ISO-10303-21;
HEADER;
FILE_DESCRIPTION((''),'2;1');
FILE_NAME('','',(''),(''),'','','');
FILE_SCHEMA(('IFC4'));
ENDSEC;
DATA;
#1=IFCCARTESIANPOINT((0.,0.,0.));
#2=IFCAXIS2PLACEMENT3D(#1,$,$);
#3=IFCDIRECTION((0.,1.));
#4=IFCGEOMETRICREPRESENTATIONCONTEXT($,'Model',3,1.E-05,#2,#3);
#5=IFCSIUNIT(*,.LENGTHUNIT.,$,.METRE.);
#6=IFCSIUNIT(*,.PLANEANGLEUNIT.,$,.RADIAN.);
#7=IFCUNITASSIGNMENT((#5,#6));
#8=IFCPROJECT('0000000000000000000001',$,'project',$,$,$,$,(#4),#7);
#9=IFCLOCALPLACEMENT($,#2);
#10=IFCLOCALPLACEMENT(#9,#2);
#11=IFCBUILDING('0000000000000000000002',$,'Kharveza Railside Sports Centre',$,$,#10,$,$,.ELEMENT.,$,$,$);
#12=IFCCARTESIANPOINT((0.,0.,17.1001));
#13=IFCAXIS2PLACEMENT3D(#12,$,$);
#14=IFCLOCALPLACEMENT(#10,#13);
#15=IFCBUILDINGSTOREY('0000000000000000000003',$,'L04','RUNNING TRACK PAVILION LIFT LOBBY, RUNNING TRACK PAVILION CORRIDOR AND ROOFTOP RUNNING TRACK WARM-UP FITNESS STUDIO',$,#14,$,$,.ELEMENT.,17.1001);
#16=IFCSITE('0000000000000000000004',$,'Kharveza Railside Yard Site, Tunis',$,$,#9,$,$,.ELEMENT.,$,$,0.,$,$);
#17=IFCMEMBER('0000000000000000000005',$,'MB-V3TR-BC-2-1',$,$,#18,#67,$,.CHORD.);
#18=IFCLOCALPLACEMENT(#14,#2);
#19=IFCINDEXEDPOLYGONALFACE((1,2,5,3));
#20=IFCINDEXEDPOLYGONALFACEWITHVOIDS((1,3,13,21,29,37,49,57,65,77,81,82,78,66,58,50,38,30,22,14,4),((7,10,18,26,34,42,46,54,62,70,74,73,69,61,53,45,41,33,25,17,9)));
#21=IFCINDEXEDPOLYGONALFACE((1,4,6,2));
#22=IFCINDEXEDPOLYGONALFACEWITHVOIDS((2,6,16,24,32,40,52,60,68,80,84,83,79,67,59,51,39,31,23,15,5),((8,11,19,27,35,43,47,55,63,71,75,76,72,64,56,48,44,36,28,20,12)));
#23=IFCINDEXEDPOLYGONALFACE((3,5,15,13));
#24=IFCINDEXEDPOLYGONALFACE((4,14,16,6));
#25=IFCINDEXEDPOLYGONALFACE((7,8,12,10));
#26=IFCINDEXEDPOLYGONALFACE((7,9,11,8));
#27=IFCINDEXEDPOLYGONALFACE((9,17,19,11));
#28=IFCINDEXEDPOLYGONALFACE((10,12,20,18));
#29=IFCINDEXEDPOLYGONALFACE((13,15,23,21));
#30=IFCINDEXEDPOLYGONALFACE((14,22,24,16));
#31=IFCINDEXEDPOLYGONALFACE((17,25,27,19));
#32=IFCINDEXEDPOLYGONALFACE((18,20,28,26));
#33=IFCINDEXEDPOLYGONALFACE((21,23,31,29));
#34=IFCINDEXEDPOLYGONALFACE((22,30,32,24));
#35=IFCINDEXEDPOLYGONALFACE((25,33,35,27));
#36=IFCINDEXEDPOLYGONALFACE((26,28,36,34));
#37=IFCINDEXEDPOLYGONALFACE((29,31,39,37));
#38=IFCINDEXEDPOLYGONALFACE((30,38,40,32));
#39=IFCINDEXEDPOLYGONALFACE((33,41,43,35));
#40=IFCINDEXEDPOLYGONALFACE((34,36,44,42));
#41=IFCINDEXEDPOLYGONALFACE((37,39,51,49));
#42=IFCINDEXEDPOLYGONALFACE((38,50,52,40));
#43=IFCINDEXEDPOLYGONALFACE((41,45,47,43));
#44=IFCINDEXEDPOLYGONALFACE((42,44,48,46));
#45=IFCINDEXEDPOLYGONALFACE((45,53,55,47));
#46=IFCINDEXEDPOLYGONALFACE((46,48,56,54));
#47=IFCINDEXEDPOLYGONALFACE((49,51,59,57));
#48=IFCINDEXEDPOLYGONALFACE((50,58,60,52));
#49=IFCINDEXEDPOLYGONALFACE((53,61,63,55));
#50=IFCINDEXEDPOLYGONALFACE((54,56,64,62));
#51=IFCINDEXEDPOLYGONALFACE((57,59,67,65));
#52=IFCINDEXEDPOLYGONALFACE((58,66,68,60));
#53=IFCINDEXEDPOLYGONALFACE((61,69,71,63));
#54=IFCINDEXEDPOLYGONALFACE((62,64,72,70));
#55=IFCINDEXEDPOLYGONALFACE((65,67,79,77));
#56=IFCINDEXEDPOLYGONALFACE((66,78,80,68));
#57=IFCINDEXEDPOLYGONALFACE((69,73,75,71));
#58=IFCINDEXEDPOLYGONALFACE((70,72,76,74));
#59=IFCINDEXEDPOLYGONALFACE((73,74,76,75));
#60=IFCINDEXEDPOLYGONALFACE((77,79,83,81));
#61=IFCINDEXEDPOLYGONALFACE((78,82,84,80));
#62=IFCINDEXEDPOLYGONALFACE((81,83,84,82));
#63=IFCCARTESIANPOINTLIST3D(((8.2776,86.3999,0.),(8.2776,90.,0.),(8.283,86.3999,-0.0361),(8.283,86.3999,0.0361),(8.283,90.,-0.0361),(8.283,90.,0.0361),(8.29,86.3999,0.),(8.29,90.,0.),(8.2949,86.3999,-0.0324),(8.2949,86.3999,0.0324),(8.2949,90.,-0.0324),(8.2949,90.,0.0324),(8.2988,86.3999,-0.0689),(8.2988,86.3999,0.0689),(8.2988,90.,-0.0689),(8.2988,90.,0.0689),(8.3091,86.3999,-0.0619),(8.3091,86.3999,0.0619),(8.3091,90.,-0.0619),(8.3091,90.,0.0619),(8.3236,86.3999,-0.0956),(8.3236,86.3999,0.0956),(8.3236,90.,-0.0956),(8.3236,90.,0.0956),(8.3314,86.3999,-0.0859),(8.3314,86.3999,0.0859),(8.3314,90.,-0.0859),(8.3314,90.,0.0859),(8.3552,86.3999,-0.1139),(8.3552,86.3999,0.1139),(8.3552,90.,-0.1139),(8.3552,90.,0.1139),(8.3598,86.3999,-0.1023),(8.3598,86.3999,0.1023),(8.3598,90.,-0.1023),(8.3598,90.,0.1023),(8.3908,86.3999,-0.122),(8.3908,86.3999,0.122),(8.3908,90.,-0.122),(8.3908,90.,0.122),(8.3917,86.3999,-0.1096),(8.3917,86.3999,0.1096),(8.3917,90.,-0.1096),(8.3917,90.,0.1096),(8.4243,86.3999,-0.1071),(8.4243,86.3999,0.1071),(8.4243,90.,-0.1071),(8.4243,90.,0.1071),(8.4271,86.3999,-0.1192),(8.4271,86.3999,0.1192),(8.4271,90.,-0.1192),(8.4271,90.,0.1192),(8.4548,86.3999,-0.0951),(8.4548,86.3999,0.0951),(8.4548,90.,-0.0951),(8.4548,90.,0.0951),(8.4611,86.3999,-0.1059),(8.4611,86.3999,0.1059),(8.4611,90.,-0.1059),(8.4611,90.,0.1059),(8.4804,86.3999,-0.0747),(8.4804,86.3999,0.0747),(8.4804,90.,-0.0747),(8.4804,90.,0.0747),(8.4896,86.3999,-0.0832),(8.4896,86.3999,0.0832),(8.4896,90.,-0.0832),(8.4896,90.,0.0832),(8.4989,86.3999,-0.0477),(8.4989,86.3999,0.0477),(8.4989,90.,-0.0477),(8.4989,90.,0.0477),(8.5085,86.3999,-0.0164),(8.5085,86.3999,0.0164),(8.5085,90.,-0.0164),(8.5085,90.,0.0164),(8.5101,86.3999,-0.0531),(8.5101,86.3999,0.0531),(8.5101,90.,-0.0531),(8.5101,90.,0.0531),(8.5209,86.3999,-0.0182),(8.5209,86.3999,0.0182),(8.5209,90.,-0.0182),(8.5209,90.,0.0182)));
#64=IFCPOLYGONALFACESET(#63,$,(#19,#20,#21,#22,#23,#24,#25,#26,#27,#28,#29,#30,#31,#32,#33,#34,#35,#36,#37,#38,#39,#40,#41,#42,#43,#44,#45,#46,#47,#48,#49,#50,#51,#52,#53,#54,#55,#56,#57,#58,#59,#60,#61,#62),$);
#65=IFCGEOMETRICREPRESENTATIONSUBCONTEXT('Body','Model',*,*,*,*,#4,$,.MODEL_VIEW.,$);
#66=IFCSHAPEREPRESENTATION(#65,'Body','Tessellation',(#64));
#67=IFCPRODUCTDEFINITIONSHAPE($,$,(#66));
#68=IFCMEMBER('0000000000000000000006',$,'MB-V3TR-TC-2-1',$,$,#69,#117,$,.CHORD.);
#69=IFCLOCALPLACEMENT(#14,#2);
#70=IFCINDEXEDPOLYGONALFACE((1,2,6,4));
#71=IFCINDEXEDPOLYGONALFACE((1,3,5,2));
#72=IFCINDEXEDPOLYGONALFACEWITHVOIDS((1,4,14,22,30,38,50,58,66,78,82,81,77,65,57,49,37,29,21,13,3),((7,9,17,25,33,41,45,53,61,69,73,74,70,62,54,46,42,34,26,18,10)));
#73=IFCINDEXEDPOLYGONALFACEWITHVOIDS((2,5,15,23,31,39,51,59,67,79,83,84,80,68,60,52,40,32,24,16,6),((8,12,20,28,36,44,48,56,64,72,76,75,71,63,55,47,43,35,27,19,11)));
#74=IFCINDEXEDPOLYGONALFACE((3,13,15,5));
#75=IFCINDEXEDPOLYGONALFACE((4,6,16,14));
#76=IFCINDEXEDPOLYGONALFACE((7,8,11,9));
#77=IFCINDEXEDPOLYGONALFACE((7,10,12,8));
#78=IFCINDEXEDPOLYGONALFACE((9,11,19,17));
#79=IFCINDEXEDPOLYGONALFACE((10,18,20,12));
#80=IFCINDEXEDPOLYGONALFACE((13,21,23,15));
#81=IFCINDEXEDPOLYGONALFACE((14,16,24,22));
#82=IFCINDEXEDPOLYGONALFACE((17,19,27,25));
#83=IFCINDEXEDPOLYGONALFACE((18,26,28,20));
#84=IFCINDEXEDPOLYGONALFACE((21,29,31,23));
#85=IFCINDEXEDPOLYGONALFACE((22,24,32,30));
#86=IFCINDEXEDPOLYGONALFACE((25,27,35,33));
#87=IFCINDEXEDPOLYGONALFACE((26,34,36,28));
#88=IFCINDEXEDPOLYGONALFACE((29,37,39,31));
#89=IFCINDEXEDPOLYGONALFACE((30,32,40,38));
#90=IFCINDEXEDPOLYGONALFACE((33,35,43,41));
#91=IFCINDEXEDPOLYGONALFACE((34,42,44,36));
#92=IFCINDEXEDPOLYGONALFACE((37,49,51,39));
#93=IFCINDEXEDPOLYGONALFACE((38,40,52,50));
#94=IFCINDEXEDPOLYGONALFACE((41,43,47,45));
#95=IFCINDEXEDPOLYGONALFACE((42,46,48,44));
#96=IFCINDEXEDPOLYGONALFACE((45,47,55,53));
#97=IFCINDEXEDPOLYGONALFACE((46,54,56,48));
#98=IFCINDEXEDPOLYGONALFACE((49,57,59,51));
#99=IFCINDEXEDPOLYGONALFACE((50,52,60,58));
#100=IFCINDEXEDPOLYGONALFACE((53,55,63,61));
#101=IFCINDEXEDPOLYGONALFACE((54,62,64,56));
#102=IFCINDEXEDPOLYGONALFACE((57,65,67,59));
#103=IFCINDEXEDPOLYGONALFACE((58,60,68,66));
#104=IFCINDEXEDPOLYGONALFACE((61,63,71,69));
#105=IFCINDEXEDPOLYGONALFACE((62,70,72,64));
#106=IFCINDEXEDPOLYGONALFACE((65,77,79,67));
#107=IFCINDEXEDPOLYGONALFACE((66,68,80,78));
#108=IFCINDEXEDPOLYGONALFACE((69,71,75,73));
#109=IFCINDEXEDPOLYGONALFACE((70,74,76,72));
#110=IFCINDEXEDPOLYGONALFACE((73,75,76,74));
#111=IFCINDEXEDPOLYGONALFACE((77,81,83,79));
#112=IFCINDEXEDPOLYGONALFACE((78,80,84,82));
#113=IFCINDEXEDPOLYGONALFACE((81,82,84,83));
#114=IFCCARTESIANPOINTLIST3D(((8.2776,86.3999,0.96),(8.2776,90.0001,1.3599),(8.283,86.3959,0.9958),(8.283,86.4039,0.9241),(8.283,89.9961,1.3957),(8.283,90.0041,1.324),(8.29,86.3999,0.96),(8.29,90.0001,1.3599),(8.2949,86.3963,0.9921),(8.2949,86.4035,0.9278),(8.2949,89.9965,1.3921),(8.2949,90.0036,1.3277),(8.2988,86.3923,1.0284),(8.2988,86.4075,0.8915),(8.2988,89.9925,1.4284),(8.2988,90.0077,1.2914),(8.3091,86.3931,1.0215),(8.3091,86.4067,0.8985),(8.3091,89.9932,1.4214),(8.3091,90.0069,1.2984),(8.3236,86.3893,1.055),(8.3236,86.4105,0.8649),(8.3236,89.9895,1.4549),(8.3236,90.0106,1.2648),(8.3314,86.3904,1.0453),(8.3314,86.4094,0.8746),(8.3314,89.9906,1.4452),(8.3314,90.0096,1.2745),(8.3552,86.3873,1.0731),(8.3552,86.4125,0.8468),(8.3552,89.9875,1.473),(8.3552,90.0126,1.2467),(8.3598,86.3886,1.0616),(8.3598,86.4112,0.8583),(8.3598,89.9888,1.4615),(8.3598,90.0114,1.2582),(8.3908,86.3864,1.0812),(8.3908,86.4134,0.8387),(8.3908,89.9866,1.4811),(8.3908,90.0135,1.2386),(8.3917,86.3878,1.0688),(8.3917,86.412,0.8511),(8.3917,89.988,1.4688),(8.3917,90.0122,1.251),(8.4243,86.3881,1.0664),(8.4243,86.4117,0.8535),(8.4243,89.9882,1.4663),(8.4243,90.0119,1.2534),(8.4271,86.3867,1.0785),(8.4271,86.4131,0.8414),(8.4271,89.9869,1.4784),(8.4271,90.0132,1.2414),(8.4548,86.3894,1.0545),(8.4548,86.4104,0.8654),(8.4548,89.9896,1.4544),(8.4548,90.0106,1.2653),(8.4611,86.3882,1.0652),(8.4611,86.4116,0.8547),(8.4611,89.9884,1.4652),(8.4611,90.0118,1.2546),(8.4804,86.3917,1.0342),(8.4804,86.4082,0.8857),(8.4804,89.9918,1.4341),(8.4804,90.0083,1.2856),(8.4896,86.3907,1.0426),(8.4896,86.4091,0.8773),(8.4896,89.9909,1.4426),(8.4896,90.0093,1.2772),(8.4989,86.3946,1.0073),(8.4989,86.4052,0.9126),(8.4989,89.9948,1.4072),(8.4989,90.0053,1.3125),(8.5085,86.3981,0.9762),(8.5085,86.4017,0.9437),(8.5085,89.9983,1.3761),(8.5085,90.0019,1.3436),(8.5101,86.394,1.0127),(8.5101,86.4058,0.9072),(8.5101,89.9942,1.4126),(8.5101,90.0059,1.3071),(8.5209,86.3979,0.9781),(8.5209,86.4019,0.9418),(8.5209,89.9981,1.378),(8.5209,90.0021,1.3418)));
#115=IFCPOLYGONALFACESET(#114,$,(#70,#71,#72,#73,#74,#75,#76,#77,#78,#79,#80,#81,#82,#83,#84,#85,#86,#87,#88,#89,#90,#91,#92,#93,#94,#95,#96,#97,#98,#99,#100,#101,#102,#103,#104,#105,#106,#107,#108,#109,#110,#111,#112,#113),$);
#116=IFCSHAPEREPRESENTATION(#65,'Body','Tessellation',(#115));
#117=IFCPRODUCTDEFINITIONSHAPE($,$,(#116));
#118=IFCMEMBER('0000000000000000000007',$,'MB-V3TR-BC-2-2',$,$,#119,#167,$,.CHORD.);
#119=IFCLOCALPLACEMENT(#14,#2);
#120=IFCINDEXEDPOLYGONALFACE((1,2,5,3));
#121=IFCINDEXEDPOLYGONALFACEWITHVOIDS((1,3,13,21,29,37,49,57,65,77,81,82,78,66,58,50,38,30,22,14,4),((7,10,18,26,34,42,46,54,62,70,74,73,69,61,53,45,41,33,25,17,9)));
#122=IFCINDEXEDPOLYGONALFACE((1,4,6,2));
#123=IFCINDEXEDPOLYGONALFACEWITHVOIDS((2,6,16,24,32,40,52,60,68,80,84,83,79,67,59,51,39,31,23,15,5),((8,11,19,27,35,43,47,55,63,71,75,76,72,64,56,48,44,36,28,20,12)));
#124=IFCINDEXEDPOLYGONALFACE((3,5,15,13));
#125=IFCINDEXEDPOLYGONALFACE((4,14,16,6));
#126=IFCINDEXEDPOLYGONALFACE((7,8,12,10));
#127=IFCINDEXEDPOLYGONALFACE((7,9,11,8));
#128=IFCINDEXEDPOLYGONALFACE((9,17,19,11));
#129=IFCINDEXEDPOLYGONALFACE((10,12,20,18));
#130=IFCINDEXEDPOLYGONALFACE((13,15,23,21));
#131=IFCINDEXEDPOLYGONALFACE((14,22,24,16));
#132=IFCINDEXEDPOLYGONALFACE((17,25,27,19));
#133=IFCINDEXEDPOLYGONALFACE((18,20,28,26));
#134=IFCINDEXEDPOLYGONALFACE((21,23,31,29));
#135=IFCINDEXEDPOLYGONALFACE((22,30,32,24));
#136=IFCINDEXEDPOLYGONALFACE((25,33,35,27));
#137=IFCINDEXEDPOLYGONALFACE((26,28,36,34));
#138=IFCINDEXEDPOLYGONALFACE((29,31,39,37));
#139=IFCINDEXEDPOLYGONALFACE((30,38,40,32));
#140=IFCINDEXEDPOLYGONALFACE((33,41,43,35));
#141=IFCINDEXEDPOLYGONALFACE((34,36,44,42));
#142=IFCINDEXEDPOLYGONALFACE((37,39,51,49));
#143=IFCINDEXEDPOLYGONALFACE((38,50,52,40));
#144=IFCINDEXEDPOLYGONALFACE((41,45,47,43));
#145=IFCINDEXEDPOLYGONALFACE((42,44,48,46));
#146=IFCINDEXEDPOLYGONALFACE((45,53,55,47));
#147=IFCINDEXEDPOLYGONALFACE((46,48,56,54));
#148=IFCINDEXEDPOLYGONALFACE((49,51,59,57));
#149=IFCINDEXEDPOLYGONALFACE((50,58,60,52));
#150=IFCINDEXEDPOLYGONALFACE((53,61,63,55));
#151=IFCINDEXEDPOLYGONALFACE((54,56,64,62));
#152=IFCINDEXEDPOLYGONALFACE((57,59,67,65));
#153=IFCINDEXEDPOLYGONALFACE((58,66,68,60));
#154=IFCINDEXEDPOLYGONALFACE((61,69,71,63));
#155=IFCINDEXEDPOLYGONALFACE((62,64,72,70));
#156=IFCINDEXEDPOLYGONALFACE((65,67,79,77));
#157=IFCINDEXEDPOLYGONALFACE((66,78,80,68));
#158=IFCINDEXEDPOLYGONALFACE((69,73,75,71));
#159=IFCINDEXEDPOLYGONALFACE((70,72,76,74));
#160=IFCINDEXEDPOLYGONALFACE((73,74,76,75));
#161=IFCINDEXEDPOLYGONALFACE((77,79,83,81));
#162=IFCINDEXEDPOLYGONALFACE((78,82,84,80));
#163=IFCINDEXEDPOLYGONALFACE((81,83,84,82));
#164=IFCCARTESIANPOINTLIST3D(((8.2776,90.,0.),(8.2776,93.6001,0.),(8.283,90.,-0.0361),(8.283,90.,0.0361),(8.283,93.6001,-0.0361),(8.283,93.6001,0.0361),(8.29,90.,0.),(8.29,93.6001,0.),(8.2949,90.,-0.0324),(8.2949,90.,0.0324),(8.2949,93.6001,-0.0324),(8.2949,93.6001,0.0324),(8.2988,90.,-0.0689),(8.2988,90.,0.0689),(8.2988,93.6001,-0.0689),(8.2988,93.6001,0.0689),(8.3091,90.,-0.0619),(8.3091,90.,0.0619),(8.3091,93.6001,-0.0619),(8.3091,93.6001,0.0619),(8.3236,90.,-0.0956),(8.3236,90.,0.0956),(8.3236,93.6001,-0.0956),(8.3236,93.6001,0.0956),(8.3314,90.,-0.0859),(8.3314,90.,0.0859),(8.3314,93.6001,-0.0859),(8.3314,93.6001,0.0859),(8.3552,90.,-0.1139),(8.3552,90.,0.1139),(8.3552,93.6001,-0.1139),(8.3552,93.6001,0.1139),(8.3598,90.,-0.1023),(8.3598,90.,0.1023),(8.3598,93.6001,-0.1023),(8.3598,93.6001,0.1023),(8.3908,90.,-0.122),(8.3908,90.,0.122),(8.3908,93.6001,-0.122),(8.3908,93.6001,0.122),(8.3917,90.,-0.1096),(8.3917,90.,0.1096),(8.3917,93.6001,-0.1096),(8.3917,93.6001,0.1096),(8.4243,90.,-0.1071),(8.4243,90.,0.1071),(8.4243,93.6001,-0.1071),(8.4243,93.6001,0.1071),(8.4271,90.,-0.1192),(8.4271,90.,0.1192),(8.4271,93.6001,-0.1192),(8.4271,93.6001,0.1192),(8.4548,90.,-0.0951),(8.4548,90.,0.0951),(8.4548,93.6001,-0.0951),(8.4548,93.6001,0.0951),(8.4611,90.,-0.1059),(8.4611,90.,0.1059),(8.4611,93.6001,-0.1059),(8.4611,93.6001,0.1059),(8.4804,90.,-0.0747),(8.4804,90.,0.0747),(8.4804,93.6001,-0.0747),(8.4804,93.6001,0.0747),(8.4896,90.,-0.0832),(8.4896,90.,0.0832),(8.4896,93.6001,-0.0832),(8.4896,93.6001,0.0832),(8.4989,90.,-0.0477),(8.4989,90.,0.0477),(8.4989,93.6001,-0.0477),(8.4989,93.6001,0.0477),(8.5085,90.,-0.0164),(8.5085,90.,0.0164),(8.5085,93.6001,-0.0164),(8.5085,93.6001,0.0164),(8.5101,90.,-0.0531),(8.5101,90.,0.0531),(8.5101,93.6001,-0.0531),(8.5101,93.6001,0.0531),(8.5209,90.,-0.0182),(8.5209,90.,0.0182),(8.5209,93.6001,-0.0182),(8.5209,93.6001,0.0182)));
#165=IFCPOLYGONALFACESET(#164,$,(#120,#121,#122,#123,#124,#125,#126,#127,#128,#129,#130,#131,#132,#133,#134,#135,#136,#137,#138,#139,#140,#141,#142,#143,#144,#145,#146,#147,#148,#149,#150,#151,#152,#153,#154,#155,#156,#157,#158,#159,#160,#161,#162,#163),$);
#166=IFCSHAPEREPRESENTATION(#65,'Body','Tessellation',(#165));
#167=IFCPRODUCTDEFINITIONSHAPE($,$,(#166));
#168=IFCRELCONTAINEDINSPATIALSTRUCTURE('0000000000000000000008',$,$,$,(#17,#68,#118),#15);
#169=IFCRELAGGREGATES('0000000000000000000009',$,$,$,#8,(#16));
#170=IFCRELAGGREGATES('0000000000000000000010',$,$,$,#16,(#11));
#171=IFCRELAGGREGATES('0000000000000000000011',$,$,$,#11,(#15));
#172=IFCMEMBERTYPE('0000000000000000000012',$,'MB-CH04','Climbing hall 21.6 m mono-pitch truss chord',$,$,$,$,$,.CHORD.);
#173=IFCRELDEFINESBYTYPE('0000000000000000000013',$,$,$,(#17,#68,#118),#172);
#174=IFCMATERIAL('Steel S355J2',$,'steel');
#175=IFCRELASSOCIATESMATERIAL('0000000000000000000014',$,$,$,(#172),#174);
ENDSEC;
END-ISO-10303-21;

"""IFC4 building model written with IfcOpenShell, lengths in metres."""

from ifc_helpers import new_model, si_unit, direction, frame, origin, origin_2d, place, context, subcontext, project, spatial, hollow_circle, extrude, material, material_profile, profile_set, type_object, element, save


model = new_model("IFC4")

# Units and contexts
model_context = context("Model", 3, precision=1e-05, world=origin(), true_north=direction((0.0, 1.0)))
body_context = subcontext(model_context, "Body", "Model", "MODEL_VIEW")
ifc_project = project(units=[si_unit("LENGTHUNIT", "METRE"), si_unit("PLANEANGLEUNIT", "RADIAN")], contexts=[model_context])

# Site, building, storey
site_placement = place(None, origin())
site = spatial("IfcSite", under=ifc_project, at=site_placement, Name="Kharveza Railside Yard Site, Tunis", CompositionType="ELEMENT", RefElevation=0.0)
building_placement = place(site_placement, origin())
building = spatial("IfcBuilding", under=site, at=building_placement, Name="Kharveza Railside Sports Centre", CompositionType="ELEMENT")
storey_placement = place(building_placement, frame((0.0, 0.0, 17.1001)))
storey = spatial("IfcBuildingStorey", under=building, at=storey_placement, Name="L04", Description="RUNNING TRACK PAVILION LIFT LOBBY, RUNNING TRACK PAVILION CORRIDOR AND ROOFTOP RUNNING TRACK WARM-UP FITNESS STUDIO", CompositionType="ELEMENT", Elevation=17.1001)

# Members
ifc_material_1 = material(Name="Steel S355J2", Category="steel")
ifc_material_profile_1 = material_profile(ifc_material_1, hollow_circle(Radius=0.1223, WallThickness=0.0125, at=origin_2d()), Name="CHS 244.5x12.5")
ifc_profile_set_1 = profile_set([ifc_material_profile_1], Name="Steel S355J2")
member_type_1 = type_object("IfcMemberType", Name="MB-CH04", Description="Climbing hall 21.6 m mono-pitch truss chord", PredefinedType="CHORD", material=ifc_profile_set_1)
member_1_placement = place(storey_placement, frame((8.3999, 86.3999, 0.0), z_axis=(0.0, 1.0, 0.0), x_axis=(-1.0, 0.0, 0.0)))
element("IfcMember", 1, at=member_1_placement, inside=storey, type_object=member_type_1, Name="MB-V3TR-BC-2-1", PredefinedType="CHORD", context=body_context, shape_type="SweptSolid", body=[
    extrude(hollow_circle(Radius=0.1223, WallThickness=0.0125, at=origin_2d()), origin(), (0.0, 0.0, 1.0), 3.6001),
])
member_2_placement = place(storey_placement, frame((8.3999, 86.3999, 0.96), z_axis=(0.0, 0.993887, 0.110402), x_axis=(-1.0, 0.0, 0.0)))
element("IfcMember", 2, at=member_2_placement, inside=storey, type_object=member_type_1, Name="MB-V3TR-TC-2-1", PredefinedType="CHORD", context=body_context, shape_type="SweptSolid", body=[
    extrude(hollow_circle(Radius=0.1223, WallThickness=0.0125, at=origin_2d()), origin(), (0.0, 0.0, 1.0), 3.6223),
])
member_3_placement = place(storey_placement, frame((8.3999, 90.0, 0.0), z_axis=(0.0, 1.0, 0.0), x_axis=(-1.0, 0.0, 0.0)))
element("IfcMember", 3, at=member_3_placement, inside=storey, type_object=member_type_1, Name="MB-V3TR-BC-2-2", PredefinedType="CHORD", context=body_context, shape_type="SweptSolid", body=[
    extrude(hollow_circle(Radius=0.1223, WallThickness=0.0125, at=origin_2d()), origin(), (0.0, 0.0, 1.0), 3.6001),
])

save(model, "model.ifc")
